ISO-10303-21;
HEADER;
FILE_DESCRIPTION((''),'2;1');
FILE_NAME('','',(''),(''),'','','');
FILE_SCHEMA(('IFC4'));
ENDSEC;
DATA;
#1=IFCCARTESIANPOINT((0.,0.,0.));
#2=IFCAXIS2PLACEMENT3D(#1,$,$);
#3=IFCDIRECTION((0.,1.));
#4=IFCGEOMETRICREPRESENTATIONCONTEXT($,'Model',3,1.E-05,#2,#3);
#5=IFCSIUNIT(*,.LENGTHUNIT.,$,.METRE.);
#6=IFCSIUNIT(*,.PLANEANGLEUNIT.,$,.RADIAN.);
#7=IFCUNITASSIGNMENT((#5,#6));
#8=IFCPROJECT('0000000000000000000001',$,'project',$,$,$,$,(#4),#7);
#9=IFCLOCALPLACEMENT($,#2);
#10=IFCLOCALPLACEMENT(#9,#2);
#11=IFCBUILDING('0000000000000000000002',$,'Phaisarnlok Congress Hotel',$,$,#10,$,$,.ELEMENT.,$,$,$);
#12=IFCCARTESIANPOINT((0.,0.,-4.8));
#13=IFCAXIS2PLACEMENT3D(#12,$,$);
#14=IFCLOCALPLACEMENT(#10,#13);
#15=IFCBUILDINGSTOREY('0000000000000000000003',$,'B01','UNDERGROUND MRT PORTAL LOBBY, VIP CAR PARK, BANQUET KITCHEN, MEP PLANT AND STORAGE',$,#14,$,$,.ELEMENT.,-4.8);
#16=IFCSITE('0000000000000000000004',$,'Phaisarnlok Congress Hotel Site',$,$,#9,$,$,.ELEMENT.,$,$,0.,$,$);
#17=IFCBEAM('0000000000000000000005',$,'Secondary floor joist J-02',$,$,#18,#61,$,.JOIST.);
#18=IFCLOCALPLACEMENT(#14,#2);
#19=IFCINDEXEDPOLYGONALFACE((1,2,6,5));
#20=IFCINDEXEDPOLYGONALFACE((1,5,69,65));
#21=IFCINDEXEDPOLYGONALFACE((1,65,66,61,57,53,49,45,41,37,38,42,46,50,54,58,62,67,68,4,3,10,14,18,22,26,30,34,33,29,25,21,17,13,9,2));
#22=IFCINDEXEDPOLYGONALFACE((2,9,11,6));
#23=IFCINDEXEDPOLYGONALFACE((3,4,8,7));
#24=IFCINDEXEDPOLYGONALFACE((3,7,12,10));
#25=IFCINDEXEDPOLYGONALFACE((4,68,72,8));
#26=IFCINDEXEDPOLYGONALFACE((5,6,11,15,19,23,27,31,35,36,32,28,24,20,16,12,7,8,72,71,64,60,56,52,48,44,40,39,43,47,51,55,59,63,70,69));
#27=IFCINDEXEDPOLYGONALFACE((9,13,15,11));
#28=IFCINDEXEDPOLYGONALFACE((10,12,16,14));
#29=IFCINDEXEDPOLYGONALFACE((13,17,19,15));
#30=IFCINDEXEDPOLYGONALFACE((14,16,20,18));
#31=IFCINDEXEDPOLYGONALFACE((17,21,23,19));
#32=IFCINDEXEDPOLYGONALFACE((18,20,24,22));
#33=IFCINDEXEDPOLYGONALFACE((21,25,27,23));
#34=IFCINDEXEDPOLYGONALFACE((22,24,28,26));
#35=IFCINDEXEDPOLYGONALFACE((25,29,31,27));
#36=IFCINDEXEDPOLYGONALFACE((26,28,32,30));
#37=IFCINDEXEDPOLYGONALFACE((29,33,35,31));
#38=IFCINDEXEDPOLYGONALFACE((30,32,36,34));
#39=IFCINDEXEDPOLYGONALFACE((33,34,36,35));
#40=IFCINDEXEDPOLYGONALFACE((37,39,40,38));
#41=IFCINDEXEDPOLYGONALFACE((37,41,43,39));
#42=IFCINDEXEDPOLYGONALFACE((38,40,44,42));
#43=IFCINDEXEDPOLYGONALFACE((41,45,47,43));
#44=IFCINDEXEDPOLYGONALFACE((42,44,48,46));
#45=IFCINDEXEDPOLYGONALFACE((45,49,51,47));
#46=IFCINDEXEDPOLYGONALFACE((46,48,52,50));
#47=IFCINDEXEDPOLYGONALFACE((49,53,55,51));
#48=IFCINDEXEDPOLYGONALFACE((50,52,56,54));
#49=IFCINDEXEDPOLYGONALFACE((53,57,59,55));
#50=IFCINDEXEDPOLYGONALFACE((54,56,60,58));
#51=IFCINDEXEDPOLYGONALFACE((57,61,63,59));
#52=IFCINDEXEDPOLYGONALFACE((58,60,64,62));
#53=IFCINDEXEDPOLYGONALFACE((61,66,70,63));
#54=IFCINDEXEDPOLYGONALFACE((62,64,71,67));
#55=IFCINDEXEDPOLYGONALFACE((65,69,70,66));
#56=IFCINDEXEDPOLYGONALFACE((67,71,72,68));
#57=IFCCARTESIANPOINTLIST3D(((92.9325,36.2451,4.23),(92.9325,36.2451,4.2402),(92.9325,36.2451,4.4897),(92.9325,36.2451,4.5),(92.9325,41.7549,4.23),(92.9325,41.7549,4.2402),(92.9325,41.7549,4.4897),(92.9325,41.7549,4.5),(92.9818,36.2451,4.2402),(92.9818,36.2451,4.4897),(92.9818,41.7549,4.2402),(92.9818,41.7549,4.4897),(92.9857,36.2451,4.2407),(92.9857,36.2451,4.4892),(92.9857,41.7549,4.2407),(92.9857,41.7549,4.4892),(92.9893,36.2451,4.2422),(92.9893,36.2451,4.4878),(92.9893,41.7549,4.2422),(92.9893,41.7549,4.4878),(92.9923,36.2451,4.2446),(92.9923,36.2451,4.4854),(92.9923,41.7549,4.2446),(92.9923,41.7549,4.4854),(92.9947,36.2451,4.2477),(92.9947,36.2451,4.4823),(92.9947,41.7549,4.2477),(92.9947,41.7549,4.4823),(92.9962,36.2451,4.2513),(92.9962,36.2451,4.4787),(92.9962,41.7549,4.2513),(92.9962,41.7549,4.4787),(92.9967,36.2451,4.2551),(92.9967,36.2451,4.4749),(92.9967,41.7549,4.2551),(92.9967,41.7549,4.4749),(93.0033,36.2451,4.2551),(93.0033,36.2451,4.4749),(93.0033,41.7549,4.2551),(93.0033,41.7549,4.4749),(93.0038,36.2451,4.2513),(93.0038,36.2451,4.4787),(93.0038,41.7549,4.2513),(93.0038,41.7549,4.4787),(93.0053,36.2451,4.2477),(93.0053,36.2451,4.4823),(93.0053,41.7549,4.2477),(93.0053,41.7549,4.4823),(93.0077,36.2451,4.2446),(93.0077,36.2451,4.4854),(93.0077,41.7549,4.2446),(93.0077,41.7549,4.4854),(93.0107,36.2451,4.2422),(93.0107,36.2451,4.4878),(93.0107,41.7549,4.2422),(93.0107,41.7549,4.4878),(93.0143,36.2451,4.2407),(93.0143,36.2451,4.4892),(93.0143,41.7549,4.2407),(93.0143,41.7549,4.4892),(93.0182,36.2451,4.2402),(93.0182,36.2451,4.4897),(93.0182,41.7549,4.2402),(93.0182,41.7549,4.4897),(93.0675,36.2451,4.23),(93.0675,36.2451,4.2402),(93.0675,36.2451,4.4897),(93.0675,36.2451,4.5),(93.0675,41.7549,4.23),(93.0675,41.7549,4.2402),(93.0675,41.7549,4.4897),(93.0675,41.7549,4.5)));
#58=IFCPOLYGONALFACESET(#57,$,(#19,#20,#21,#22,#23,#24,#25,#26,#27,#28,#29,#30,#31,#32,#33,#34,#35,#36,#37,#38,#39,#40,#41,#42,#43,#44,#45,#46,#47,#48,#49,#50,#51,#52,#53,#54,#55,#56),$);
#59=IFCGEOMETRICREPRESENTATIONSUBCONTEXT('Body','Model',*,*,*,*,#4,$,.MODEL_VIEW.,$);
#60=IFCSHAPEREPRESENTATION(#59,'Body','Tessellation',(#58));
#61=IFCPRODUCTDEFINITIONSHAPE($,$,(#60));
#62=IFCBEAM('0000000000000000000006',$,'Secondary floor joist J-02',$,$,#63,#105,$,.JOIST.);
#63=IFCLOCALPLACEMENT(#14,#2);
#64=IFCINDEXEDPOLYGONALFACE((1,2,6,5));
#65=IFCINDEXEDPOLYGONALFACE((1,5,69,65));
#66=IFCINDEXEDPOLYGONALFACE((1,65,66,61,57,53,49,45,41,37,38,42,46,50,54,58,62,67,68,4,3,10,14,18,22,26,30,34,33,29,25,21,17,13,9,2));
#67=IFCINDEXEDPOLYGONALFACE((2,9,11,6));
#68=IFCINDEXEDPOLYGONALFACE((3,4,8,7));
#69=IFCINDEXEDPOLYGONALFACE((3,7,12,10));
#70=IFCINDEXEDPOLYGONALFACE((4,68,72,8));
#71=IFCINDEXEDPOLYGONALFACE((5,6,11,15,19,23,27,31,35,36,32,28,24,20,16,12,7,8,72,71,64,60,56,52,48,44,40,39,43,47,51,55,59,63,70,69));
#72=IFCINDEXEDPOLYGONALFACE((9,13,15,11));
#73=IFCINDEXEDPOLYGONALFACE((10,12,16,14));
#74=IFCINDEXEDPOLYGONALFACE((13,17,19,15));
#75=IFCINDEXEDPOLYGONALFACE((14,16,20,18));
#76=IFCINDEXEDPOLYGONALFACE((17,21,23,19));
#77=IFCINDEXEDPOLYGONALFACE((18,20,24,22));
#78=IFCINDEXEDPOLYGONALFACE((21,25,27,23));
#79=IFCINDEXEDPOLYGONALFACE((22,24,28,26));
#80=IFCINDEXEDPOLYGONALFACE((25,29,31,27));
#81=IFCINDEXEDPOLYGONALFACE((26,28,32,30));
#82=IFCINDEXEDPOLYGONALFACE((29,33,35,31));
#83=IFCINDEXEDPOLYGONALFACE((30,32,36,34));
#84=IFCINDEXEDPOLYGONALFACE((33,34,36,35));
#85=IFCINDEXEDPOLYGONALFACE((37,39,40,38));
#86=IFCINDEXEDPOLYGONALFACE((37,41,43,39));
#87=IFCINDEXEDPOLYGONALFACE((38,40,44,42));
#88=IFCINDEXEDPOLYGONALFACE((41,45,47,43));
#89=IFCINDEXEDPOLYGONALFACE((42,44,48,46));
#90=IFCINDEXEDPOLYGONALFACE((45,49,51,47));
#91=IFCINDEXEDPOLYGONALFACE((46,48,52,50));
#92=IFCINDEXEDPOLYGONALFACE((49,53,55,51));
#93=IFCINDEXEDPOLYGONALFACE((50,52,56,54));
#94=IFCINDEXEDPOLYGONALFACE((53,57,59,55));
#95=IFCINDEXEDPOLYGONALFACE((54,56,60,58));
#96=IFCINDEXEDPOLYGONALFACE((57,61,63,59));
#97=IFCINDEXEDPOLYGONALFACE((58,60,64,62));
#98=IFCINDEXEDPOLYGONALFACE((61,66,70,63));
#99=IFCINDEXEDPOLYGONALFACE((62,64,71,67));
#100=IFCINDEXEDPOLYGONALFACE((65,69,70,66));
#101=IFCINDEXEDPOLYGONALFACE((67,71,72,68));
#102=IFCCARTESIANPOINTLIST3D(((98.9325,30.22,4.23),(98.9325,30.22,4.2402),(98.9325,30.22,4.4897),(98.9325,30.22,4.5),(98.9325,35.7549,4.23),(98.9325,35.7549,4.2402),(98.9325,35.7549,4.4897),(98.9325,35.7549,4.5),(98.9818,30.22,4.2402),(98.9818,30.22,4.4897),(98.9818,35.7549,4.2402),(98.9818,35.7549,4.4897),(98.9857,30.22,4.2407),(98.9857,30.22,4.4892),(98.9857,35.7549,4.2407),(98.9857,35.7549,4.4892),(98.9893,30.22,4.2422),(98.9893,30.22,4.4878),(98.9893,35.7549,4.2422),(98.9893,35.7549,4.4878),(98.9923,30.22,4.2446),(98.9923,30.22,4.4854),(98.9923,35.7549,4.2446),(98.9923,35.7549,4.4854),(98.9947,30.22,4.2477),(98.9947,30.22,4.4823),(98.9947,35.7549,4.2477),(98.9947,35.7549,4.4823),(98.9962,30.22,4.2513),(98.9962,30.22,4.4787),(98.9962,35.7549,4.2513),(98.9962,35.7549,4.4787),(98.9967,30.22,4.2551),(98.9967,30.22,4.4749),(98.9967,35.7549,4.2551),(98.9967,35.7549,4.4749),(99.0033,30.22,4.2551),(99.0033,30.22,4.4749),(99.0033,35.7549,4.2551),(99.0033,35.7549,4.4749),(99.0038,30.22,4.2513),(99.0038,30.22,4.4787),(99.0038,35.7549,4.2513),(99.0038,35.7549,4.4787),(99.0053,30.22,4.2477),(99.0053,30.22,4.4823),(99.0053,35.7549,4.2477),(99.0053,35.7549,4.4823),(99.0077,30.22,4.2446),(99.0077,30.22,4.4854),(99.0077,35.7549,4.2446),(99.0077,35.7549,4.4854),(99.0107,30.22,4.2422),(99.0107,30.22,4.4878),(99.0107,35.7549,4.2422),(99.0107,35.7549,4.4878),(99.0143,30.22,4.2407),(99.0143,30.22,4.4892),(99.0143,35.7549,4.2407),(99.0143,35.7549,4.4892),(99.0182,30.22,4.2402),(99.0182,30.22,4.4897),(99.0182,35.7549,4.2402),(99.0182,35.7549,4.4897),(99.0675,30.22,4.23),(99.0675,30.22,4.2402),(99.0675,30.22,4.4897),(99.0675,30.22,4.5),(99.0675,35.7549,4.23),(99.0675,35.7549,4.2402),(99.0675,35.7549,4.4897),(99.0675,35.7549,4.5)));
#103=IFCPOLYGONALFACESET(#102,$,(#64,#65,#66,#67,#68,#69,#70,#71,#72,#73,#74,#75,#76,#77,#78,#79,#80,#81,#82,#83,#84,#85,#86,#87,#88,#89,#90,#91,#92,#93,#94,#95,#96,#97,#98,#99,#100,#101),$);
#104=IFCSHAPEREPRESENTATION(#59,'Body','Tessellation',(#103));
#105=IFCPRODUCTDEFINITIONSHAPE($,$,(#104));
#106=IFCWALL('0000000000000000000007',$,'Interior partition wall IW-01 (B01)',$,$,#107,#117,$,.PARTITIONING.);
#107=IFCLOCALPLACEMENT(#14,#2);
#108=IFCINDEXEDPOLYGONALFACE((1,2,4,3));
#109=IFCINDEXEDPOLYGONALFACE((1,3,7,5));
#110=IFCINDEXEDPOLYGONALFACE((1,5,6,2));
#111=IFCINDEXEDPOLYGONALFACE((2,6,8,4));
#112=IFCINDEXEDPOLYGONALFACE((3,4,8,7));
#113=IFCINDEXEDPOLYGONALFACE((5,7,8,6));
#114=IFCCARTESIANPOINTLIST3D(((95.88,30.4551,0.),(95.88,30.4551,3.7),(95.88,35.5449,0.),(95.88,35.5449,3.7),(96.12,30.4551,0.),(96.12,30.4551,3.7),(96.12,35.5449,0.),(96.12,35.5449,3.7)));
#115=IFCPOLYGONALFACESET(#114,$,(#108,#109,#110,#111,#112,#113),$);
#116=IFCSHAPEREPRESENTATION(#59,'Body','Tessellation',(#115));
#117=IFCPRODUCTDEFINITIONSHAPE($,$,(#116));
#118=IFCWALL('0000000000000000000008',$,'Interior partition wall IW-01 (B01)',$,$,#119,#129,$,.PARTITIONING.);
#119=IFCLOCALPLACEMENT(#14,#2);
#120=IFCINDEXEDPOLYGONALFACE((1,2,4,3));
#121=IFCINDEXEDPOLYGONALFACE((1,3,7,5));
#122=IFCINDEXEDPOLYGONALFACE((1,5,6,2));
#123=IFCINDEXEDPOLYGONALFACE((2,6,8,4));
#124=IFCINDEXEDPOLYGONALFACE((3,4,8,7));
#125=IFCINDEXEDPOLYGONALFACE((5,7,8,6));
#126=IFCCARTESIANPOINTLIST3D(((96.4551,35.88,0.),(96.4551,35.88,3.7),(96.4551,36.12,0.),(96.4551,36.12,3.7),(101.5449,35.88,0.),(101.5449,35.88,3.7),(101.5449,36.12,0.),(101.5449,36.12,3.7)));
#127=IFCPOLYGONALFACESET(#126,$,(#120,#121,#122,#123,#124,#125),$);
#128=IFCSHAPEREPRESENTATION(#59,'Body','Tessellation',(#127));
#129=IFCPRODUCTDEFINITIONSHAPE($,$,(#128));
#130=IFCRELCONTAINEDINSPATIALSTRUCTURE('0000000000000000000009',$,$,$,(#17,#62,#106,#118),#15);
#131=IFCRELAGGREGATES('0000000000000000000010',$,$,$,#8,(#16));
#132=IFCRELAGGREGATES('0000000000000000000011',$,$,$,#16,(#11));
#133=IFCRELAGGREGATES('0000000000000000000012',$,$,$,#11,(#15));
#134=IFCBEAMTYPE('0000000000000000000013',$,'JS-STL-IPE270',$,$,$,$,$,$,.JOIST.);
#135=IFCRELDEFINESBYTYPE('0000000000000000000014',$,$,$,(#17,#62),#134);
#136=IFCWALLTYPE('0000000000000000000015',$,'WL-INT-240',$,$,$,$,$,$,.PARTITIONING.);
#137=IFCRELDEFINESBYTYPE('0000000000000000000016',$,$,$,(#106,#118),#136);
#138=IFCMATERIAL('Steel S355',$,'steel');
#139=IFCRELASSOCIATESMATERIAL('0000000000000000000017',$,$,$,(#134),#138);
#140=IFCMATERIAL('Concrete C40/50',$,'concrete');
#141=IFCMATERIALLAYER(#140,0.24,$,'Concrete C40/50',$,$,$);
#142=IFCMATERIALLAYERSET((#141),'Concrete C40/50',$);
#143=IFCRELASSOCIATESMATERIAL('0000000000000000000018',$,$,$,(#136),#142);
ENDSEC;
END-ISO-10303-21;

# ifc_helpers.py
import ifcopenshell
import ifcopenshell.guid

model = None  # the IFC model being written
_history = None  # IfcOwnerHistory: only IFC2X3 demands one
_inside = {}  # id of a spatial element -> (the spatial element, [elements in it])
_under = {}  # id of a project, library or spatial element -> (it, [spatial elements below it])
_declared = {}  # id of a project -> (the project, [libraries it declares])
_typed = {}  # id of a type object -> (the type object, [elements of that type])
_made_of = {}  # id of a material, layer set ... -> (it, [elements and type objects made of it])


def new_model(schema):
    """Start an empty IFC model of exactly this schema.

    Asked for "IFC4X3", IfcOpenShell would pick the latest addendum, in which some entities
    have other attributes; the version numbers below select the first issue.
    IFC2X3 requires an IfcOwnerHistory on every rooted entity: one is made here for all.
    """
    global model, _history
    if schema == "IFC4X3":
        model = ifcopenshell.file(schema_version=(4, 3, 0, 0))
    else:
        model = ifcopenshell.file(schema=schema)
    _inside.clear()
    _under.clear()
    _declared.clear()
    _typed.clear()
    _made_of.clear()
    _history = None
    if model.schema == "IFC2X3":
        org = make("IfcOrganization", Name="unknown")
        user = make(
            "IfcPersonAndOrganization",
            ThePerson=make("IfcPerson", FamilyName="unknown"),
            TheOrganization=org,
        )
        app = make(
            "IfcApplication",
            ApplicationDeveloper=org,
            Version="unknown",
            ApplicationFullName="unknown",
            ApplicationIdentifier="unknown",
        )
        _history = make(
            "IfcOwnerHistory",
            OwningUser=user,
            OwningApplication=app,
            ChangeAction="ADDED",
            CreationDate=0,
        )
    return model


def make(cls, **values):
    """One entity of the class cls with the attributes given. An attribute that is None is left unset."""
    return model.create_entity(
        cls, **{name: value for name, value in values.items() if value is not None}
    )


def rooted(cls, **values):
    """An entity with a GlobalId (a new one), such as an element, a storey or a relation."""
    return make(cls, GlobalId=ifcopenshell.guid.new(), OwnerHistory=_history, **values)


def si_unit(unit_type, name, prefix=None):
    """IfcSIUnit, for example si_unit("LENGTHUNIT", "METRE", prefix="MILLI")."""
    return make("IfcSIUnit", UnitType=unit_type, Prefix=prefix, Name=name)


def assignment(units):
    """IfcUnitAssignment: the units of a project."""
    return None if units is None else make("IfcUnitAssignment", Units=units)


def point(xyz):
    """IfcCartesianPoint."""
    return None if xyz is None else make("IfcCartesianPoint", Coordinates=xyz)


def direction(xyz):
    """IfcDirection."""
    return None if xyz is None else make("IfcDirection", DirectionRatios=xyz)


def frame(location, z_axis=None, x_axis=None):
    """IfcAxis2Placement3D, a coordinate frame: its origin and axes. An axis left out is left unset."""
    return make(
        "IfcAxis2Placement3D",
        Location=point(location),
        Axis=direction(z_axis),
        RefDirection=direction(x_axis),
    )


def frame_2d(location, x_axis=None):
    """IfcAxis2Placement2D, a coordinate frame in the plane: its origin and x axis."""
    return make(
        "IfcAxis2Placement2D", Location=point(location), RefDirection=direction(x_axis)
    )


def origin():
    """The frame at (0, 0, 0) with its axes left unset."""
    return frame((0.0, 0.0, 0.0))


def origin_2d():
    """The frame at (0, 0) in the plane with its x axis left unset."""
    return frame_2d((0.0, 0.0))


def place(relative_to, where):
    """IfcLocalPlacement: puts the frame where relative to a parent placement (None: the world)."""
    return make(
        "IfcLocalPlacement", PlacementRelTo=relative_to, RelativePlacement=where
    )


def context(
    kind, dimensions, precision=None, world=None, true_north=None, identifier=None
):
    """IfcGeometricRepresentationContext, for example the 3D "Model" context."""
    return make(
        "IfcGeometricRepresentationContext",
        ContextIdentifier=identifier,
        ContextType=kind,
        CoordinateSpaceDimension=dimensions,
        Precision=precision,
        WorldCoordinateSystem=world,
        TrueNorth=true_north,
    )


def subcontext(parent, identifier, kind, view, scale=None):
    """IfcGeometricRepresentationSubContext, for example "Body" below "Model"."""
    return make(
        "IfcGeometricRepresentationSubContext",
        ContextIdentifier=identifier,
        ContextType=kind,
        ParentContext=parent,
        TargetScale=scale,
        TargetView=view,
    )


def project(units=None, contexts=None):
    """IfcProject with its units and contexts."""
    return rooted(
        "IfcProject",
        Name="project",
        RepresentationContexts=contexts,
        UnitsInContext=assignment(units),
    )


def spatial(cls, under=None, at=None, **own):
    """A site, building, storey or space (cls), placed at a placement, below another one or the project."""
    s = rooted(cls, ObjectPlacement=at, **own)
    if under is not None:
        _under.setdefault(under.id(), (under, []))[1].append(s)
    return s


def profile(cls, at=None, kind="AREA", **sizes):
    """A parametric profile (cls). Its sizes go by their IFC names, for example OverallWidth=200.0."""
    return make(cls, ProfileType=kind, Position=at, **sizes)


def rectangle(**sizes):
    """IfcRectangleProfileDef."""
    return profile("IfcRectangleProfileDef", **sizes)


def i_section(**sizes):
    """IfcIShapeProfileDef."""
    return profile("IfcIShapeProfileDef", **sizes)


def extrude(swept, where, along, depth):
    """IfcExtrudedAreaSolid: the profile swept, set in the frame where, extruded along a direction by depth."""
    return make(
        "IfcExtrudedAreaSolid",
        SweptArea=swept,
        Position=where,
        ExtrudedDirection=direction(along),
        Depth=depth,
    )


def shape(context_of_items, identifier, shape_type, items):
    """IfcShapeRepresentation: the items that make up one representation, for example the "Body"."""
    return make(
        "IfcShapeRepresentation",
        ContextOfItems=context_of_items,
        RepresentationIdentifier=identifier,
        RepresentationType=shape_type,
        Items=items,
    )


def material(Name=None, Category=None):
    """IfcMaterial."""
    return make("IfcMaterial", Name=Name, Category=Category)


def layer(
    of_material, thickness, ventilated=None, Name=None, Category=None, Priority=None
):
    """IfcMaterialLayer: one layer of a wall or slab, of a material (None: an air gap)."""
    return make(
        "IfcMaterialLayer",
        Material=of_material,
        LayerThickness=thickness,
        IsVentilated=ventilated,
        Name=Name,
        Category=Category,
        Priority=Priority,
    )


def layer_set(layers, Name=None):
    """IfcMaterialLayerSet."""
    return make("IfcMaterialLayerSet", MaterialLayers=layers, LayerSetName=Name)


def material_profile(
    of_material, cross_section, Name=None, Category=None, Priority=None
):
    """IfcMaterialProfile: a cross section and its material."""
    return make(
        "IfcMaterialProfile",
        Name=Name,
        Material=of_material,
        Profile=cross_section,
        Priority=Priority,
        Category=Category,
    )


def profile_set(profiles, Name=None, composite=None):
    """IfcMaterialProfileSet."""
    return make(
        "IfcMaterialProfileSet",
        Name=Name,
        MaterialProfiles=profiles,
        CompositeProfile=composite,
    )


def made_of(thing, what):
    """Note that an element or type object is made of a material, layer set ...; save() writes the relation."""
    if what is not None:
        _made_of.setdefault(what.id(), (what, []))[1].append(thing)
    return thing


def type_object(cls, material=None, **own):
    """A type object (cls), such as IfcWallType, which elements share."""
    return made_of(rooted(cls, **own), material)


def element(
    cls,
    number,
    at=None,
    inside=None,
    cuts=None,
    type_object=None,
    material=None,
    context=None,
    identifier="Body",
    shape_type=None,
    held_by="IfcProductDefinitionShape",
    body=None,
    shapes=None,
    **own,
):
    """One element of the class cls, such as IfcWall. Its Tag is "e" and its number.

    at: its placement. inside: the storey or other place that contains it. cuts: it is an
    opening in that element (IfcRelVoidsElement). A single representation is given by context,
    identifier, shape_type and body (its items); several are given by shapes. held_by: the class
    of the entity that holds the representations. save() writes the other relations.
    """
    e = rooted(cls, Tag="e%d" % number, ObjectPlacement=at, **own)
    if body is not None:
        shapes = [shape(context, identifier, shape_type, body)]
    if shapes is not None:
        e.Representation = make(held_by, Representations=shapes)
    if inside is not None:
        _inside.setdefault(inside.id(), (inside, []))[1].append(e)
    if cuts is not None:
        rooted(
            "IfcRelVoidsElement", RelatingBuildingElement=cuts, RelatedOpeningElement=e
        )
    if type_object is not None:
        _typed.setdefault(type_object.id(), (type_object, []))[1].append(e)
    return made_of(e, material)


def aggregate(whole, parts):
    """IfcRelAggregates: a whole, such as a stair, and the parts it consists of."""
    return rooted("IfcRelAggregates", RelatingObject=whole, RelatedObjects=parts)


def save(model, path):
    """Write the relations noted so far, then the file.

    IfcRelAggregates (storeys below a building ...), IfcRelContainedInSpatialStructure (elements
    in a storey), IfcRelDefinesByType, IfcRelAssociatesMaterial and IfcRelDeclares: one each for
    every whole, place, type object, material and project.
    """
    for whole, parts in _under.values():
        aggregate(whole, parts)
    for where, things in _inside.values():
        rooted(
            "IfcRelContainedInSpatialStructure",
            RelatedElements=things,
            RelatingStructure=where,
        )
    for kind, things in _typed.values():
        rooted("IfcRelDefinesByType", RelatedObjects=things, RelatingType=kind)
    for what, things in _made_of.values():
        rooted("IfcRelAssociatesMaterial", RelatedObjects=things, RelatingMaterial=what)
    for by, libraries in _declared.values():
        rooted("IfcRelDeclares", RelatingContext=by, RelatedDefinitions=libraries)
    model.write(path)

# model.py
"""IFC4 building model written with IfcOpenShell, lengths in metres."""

from ifc_helpers import new_model, si_unit, direction, frame, frame_2d, origin, origin_2d, place, context, subcontext, project, spatial, rectangle, i_section, extrude, material, layer, layer_set, material_profile, profile_set, type_object, element, save


model = new_model("IFC4")

# Units and contexts
model_context = context("Model", 3, precision=1e-05, world=origin(), true_north=direction((0.0, 1.0)))
body_context = subcontext(model_context, "Body", "Model", "MODEL_VIEW")
ifc_project = project(units=[si_unit("LENGTHUNIT", "METRE"), si_unit("PLANEANGLEUNIT", "RADIAN")], contexts=[model_context])

# Site, building, storey
site_placement = place(None, origin())
site = spatial("IfcSite", under=ifc_project, at=site_placement, Name="Phaisarnlok Congress Hotel Site", CompositionType="ELEMENT", RefElevation=0.0)
building_placement = place(site_placement, origin())
building = spatial("IfcBuilding", under=site, at=building_placement, Name="Phaisarnlok Congress Hotel", CompositionType="ELEMENT")
storey_placement = place(building_placement, frame((0.0, 0.0, -4.8)))
storey = spatial("IfcBuildingStorey", under=building, at=storey_placement, Name="B01", Description="UNDERGROUND MRT PORTAL LOBBY, VIP CAR PARK, BANQUET KITCHEN, MEP PLANT AND STORAGE", CompositionType="ELEMENT", Elevation=-4.8)

# Shared definitions
ifc_material_1 = material(Name="Concrete C40/50", Category="concrete")

# Beams
ifc_material_2 = material(Name="Steel S355", Category="steel")
ifc_material_profile_1 = material_profile(ifc_material_2, i_section(OverallWidth=0.135, OverallDepth=0.27, WebThickness=0.0066, FlangeThickness=0.0103, FilletRadius=0.0149, at=origin_2d()), Name="IPE 270")
ifc_profile_set_1 = profile_set([ifc_material_profile_1], Name="Steel S355")
beam_type_1 = type_object("IfcBeamType", Name="JS-STL-IPE270", PredefinedType="JOIST", material=ifc_profile_set_1)
for number, where, z_axis, x_axis, name in (
    (1, (93.0, 36.2451, 4.365), (0.0, 1.0, 0.0), (-1.0, 0.0, 0.0), "Secondary floor joist J-02"),
):
    element("IfcBeam", number, at=place(storey_placement, frame(where, z_axis=z_axis, x_axis=x_axis)), inside=storey, type_object=beam_type_1, Name=name, PredefinedType="JOIST", context=body_context, shape_type="SweptSolid", body=[
        extrude(i_section(OverallWidth=0.135, OverallDepth=0.27, WebThickness=0.0066, FlangeThickness=0.0103, FilletRadius=0.0149, at=origin_2d()), origin(), (0.0, 0.0, 1.0), 5.5098),
    ])
beam_1_placement = place(storey_placement, frame((99.0, 30.22, 4.365), z_axis=(0.0, 1.0, 0.0), x_axis=(-1.0, 0.0, 0.0)))
element("IfcBeam", 2, at=beam_1_placement, inside=storey, type_object=beam_type_1, Name="Secondary floor joist J-02", PredefinedType="JOIST", context=body_context, shape_type="SweptSolid", body=[
    extrude(i_section(OverallWidth=0.135, OverallDepth=0.27, WebThickness=0.0066, FlangeThickness=0.0103, FilletRadius=0.0149, at=origin_2d()), origin(), (0.0, 0.0, 1.0), 5.5349),
])

# Walls
ifc_layer = layer(ifc_material_1, 0.24, Name="Concrete C40/50")
ifc_layer_set = layer_set([ifc_layer], Name="Concrete C40/50")
wall_type = type_object("IfcWallType", Name="WL-INT-240", PredefinedType="PARTITIONING", material=ifc_layer_set)
for number, where, z_axis, x_axis, name in (
    (3, (96.0, 30.4551, 0.0), (0.0, 0.0, 1.0), (0.0, 1.0, 0.0), "Interior partition wall IW-01 (B01)"),
    (4, (96.4551, 36.0, 0.0), (0.0, 0.0, 1.0), (1.0, 0.0, 0.0), "Interior partition wall IW-01 (B01)"),
):
    element("IfcWall", number, at=place(storey_placement, frame(where, z_axis=z_axis, x_axis=x_axis)), inside=storey, type_object=wall_type, Name=name, PredefinedType="PARTITIONING", context=body_context, shape_type="SweptSolid", body=[
        extrude(rectangle(XDim=5.0898, YDim=0.24, at=frame_2d((2.5449, 0.0))), origin(), (0.0, 0.0, 1.0), 3.7),
    ])

save(model, "model.ifc")
